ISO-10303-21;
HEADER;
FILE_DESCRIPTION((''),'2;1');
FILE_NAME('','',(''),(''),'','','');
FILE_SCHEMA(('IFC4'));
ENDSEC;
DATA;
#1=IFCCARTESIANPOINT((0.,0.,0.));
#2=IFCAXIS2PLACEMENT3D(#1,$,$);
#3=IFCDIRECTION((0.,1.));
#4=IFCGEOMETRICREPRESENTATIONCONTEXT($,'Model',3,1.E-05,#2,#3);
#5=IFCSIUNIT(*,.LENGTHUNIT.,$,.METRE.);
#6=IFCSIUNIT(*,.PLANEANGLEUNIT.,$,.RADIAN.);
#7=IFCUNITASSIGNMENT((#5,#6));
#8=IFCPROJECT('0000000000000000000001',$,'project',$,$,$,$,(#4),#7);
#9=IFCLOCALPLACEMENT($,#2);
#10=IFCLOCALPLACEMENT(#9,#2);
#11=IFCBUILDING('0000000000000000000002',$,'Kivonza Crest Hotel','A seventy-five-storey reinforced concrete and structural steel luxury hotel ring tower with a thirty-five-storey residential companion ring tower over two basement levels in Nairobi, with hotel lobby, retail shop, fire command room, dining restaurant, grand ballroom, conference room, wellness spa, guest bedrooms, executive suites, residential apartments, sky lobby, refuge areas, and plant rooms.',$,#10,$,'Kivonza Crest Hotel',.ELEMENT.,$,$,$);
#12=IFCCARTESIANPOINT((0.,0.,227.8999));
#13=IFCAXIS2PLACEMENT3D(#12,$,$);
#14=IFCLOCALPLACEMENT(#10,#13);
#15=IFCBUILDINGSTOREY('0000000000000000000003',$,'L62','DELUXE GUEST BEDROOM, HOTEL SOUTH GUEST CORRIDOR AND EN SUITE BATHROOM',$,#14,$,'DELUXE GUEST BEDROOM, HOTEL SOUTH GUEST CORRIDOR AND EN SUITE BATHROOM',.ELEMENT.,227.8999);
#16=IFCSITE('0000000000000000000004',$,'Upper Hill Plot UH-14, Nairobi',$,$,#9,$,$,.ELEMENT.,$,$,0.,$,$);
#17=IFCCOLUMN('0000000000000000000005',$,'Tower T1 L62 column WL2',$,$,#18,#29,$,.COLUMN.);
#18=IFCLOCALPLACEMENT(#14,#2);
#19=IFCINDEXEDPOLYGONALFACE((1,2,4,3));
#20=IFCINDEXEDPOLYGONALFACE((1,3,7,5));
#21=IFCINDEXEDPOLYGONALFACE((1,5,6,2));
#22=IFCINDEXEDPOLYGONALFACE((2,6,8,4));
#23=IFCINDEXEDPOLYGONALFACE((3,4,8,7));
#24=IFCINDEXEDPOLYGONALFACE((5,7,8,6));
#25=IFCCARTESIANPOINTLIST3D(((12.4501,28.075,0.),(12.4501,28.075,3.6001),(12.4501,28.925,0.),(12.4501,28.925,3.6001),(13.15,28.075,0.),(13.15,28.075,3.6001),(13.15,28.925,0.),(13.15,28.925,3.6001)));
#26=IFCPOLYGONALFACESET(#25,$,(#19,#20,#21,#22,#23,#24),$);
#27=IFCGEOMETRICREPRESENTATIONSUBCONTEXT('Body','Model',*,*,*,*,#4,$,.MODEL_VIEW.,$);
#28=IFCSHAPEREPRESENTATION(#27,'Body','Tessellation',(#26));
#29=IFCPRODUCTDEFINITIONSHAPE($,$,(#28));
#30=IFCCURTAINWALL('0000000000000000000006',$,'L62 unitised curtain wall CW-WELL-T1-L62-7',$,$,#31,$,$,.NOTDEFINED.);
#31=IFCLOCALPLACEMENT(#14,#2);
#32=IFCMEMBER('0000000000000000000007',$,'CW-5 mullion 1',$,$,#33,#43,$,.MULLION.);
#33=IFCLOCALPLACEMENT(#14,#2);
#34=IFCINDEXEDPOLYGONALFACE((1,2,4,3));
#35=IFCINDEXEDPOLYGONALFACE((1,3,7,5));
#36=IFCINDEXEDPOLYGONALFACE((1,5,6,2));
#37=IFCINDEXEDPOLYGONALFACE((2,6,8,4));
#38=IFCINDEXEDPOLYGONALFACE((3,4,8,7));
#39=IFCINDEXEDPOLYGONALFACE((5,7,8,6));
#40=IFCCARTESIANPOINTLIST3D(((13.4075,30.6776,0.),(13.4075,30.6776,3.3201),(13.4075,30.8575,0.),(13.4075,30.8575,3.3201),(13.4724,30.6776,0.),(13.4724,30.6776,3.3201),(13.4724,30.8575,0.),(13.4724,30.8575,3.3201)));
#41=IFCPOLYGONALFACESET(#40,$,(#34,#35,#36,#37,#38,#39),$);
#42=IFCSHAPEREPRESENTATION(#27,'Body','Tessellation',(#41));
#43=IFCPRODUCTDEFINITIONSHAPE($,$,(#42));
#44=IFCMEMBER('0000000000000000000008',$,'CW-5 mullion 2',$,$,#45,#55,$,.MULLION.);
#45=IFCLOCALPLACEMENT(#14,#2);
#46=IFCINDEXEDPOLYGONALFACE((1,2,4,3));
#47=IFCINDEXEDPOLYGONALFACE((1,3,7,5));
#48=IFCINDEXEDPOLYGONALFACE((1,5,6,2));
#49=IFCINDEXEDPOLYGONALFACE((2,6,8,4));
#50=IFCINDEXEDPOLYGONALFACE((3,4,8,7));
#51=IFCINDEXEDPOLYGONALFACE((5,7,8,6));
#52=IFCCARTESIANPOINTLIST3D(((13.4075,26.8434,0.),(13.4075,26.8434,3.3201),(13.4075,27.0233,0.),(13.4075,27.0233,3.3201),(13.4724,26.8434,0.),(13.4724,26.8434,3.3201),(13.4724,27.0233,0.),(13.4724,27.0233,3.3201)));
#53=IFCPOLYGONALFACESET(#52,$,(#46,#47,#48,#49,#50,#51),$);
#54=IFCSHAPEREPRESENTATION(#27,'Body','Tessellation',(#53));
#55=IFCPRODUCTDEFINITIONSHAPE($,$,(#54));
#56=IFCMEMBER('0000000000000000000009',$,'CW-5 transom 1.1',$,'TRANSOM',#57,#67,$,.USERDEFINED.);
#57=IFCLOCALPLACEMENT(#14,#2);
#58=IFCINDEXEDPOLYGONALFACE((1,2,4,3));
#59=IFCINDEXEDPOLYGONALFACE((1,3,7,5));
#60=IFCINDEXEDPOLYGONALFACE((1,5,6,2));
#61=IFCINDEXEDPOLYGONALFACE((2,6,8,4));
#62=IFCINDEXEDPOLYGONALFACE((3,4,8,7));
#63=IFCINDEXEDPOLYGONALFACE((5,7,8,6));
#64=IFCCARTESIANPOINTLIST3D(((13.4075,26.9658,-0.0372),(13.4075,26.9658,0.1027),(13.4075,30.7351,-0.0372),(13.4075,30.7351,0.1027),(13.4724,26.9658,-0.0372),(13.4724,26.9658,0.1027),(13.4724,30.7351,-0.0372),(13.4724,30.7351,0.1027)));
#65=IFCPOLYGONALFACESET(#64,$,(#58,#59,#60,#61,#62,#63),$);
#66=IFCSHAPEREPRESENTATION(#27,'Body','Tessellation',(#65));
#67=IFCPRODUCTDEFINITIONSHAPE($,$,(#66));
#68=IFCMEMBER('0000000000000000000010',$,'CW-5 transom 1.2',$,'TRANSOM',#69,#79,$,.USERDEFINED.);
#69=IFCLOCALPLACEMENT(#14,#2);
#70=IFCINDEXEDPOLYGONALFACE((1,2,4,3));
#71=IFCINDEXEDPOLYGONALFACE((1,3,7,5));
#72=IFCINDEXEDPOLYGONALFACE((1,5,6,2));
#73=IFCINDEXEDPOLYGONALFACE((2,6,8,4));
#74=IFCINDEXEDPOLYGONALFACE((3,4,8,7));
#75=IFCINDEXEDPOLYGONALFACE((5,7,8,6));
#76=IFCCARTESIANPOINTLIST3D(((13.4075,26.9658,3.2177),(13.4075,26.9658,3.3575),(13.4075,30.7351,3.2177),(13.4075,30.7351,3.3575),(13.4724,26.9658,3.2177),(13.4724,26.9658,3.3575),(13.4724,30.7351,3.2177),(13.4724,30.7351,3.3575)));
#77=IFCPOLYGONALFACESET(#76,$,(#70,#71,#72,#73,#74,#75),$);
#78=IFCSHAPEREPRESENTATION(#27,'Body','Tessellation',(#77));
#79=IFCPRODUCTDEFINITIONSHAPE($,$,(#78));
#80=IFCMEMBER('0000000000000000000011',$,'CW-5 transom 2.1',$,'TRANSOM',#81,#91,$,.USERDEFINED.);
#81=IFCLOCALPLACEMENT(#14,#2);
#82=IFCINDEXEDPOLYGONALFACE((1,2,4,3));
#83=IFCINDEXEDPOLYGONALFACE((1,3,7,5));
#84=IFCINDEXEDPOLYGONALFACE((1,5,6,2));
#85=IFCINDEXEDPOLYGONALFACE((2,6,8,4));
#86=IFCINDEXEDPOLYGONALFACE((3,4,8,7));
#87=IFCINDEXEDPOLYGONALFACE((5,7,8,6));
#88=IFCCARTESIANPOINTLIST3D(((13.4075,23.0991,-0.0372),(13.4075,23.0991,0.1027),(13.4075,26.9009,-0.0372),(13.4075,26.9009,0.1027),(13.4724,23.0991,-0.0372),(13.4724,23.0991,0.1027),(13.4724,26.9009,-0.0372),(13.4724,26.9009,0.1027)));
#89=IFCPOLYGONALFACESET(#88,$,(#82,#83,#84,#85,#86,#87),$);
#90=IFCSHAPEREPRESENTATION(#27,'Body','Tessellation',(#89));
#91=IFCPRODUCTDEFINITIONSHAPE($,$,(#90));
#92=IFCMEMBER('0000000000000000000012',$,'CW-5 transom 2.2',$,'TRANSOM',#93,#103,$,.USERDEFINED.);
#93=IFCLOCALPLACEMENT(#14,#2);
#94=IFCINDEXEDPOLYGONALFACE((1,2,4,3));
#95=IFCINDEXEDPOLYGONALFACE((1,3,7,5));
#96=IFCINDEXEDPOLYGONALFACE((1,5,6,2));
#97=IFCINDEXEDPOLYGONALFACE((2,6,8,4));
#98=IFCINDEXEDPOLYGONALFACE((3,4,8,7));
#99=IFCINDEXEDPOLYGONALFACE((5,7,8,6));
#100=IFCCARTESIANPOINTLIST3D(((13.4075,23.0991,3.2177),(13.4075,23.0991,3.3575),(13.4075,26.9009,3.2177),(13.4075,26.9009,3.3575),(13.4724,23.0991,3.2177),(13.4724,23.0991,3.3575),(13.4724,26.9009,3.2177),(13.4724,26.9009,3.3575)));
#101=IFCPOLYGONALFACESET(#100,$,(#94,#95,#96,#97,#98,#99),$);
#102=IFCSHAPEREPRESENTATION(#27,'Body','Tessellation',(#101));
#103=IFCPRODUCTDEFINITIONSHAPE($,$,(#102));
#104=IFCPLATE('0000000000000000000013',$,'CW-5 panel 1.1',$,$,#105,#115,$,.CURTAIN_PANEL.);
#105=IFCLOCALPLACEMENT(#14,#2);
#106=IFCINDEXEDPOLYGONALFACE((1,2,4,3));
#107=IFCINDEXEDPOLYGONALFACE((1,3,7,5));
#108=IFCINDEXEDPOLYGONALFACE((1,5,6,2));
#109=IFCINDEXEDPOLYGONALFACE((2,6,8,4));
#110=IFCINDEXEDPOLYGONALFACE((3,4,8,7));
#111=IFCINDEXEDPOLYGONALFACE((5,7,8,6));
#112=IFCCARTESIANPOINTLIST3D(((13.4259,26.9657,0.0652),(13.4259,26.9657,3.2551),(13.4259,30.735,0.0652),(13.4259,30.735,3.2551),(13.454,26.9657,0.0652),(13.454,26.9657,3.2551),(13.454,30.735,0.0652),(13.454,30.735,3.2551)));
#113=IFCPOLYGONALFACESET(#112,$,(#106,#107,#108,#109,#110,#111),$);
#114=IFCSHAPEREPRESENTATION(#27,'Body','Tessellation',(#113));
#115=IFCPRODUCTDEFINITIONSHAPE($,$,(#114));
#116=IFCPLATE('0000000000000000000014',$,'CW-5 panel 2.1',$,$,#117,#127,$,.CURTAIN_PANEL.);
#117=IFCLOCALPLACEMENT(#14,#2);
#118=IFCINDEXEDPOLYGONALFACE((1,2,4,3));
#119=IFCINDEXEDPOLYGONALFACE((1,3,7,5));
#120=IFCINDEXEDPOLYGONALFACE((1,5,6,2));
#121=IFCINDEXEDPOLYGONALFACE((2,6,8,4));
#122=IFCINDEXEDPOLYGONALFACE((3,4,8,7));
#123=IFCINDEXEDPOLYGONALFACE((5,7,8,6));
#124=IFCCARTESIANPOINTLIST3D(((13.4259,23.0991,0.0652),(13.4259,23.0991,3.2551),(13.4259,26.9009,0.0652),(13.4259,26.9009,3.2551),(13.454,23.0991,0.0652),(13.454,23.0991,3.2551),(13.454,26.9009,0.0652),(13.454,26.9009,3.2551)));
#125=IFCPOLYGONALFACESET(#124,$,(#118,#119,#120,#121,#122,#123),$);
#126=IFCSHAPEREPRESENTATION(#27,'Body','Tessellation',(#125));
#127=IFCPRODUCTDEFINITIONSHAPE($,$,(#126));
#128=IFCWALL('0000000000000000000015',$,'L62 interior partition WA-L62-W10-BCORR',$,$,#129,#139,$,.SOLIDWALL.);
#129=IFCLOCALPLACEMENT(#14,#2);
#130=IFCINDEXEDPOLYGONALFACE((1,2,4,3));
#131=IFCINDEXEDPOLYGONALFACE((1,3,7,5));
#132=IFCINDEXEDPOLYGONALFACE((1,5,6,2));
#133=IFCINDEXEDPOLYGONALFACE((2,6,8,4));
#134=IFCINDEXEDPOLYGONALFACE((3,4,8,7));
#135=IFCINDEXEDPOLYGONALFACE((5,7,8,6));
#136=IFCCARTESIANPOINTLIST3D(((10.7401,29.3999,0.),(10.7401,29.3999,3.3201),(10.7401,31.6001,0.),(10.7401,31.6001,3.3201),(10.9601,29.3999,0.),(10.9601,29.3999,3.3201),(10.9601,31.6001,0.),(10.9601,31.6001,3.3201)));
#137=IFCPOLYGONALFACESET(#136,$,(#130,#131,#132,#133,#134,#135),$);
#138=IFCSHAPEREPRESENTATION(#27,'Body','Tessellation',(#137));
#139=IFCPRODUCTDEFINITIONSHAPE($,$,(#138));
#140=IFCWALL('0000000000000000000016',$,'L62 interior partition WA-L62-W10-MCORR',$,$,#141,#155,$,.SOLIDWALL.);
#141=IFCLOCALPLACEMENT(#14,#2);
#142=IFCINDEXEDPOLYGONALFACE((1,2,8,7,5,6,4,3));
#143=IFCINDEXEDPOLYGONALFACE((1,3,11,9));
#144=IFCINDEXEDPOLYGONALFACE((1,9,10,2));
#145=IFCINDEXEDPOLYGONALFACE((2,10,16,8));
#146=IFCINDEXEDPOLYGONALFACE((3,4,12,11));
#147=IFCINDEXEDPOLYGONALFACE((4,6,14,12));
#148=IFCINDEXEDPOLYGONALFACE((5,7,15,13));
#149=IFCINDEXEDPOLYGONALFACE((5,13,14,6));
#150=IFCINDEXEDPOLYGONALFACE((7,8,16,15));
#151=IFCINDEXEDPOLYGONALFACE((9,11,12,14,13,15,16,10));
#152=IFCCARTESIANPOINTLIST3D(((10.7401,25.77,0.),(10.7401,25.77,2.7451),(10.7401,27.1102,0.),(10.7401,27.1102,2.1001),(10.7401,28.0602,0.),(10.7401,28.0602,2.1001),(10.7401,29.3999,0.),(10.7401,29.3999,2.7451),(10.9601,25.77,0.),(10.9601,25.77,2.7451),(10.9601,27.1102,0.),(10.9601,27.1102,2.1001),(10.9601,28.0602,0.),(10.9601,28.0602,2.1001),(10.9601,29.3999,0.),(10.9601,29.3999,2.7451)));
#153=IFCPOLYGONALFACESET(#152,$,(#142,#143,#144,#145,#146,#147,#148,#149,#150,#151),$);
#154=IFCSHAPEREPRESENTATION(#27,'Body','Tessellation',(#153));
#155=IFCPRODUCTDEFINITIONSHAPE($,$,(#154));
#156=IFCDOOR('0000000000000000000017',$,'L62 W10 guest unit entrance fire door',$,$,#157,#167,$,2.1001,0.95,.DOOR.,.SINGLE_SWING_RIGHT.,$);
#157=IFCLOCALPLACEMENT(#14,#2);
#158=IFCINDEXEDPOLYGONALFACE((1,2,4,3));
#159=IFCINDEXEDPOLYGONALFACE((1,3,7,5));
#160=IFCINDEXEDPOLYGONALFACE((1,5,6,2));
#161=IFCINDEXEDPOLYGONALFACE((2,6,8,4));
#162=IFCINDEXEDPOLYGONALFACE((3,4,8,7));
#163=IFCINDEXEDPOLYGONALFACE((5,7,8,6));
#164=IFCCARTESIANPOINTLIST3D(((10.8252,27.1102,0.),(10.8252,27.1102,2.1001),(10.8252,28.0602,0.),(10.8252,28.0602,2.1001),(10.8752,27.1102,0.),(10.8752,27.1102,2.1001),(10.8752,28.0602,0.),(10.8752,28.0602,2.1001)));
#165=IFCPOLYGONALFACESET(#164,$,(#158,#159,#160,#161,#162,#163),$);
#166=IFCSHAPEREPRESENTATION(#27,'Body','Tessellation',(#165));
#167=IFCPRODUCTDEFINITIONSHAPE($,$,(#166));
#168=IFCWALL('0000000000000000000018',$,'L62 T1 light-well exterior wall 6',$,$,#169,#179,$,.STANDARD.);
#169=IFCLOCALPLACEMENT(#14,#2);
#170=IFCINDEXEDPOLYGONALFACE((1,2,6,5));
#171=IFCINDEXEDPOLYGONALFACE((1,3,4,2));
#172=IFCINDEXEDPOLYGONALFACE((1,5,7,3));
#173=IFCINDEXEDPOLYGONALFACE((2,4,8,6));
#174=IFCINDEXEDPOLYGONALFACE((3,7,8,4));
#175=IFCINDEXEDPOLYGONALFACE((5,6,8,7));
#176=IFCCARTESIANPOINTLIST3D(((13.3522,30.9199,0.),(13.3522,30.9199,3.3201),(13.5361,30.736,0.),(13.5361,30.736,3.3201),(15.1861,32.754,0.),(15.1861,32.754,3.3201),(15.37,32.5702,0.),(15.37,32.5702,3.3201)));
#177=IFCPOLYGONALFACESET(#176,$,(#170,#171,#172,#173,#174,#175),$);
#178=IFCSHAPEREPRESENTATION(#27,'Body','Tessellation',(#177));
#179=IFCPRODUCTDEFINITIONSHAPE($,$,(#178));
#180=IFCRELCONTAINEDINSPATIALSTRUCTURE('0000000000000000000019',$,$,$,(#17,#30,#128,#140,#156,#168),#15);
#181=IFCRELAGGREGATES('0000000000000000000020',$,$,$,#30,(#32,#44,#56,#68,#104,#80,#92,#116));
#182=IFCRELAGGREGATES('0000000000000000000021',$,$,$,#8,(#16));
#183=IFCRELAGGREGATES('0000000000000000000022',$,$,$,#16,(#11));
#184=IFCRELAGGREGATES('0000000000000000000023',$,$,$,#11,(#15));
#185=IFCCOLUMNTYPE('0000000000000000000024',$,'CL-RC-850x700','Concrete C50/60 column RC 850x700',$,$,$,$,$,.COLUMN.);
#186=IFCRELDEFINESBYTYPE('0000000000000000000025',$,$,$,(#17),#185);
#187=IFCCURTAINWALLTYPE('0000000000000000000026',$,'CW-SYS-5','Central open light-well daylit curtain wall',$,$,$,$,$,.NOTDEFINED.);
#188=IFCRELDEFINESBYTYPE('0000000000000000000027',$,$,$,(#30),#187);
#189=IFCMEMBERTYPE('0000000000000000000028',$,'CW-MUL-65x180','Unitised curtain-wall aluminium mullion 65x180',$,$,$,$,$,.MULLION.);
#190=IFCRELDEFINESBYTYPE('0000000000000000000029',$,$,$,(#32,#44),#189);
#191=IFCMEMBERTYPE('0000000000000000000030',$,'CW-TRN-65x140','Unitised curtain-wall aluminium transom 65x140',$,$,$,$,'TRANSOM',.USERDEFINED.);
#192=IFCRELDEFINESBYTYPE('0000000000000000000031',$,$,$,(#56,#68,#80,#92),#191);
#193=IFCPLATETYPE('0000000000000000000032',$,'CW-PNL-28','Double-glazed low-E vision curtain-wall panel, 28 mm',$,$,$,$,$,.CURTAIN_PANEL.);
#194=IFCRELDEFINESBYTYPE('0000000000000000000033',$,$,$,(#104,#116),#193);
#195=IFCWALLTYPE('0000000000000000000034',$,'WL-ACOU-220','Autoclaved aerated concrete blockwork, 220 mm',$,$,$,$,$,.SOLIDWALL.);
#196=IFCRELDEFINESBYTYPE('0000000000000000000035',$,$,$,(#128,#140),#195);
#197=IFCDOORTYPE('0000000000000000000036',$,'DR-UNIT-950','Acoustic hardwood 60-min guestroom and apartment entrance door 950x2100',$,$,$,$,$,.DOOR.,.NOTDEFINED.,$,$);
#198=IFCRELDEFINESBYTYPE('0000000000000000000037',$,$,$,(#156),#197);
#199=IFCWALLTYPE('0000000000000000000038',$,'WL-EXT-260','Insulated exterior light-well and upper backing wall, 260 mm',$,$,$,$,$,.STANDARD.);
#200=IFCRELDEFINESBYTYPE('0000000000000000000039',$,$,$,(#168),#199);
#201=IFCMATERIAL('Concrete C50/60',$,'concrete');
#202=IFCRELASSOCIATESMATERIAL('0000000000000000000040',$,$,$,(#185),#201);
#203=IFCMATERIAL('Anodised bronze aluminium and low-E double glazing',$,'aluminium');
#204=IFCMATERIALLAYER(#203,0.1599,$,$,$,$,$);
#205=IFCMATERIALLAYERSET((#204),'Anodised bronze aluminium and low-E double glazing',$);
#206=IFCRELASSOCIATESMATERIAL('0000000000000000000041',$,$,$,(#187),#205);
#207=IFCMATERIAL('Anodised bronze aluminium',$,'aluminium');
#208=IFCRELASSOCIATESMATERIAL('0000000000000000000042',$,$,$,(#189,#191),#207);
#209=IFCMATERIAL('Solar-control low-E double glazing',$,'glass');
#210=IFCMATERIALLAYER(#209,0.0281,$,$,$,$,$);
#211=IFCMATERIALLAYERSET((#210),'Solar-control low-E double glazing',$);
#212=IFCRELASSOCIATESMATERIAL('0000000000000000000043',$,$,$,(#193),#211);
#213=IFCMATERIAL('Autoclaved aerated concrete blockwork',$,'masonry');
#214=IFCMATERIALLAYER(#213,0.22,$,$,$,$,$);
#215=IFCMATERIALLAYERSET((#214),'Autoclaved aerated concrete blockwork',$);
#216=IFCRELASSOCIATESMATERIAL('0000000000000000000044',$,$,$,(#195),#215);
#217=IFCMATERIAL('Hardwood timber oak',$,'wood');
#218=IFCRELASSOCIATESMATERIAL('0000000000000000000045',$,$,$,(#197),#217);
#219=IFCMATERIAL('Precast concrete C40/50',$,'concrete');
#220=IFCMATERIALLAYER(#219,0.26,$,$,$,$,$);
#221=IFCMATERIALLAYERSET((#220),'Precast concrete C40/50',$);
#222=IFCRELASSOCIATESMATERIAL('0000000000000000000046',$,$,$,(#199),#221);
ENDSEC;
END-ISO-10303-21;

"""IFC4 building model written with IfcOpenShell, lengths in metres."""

from ifc_helpers import new_model, si_unit, direction, frame, frame_2d, origin, origin_2d, place, context, subcontext, project, spatial, rectangle, extrude, material, layer, layer_set, material_profile, profile_set, type_object, element, fill, aggregate, save


model = new_model("IFC4")

# Units and contexts
model_context = context("Model", 3, precision=1e-05, world=origin(), true_north=direction((0.0, 1.0)))
body_context = subcontext(model_context, "Body", "Model", "MODEL_VIEW")
ifc_project = project(units=[si_unit("LENGTHUNIT", "METRE"), si_unit("PLANEANGLEUNIT", "RADIAN")], contexts=[model_context])

# Site, building, storey
site_placement = place(None, origin())
site = spatial("IfcSite", under=ifc_project, at=site_placement, Name="Upper Hill Plot UH-14, Nairobi", CompositionType="ELEMENT", RefElevation=0.0)
building_placement = place(site_placement, origin())
building = spatial("IfcBuilding", under=site, at=building_placement, Name="Kivonza Crest Hotel", Description="A seventy-five-storey reinforced concrete and structural steel luxury hotel ring tower with a thirty-five-storey residential companion ring tower over two basement levels in Nairobi, with hotel lobby, retail shop, fire command room, dining restaurant, grand ballroom, conference room, wellness spa, guest bedrooms, executive suites, residential apartments, sky lobby, refuge areas, and plant rooms.", LongName="Kivonza Crest Hotel", CompositionType="ELEMENT")
storey_placement = place(building_placement, frame((0.0, 0.0, 227.8999)))
storey = spatial("IfcBuildingStorey", under=building, at=storey_placement, Name="L62", Description="DELUXE GUEST BEDROOM, HOTEL SOUTH GUEST CORRIDOR AND EN SUITE BATHROOM", LongName="DELUXE GUEST BEDROOM, HOTEL SOUTH GUEST CORRIDOR AND EN SUITE BATHROOM", CompositionType="ELEMENT", Elevation=227.8999)

# Column
ifc_material_1 = material(Name="Concrete C50/60", Category="concrete")
ifc_material_profile_1 = material_profile(ifc_material_1, rectangle(XDim=0.7, YDim=0.8501, at=origin_2d()), Name="RC 850x700")
ifc_profile_set_1 = profile_set([ifc_material_profile_1], Name="Concrete C50/60")
column_type = type_object("IfcColumnType", Name="CL-RC-850x700", Description="Concrete C50/60 column RC 850x700", PredefinedType="COLUMN", material=ifc_profile_set_1)
column_placement = place(storey_placement, frame((12.8, 28.5, 0.0), z_axis=(0.0, 0.0, 1.0), x_axis=(1.0, 0.0, 0.0)))
element("IfcColumn", 1, at=column_placement, inside=storey, type_object=column_type, Name="Tower T1 L62 column WL2", PredefinedType="COLUMN", context=body_context, shape_type="SweptSolid", body=[
    extrude(rectangle(XDim=0.7, YDim=0.8501, at=origin_2d()), origin(), (0.0, 0.0, 1.0), 3.6001),
])

# Curtain wall, members, plates
ifc_material_2 = material(Name="Anodised bronze aluminium and low-E double glazing", Category="aluminium")
ifc_layer_1 = layer(ifc_material_2, 0.1599)
ifc_layer_set_1 = layer_set([ifc_layer_1], Name="Anodised bronze aluminium and low-E double glazing")
curtain_wall_type = type_object("IfcCurtainWallType", Name="CW-SYS-5", Description="Central open light-well daylit curtain wall", PredefinedType="NOTDEFINED", material=ifc_layer_set_1)
curtain_wall_placement = place(storey_placement, origin())
curtain_wall = element("IfcCurtainWall", 2, at=curtain_wall_placement, inside=storey, type_object=curtain_wall_type, Name="L62 unitised curtain wall CW-WELL-T1-L62-7", PredefinedType="NOTDEFINED")
ifc_material_3 = material(Name="Anodised bronze aluminium", Category="aluminium")
ifc_material_profile_2 = material_profile(ifc_material_3, rectangle(XDim=0.0649, YDim=0.1799, at=origin_2d()), Name="CW-M 65x180")
ifc_profile_set_2 = profile_set([ifc_material_profile_2], Name="Anodised bronze aluminium")
member_type_1 = type_object("IfcMemberType", Name="CW-MUL-65x180", Description="Unitised curtain-wall aluminium mullion 65x180", PredefinedType="MULLION", material=ifc_profile_set_2)
member_1_placement = place(storey_placement, frame((13.4399, 30.7676, 0.0), z_axis=(0.0, 0.0, 1.0), x_axis=(1.0, 0.0, 0.0)))
member_1 = element("IfcMember", 3, at=member_1_placement, type_object=member_type_1, Name="CW-5 mullion 1", PredefinedType="MULLION", context=body_context, shape_type="SweptSolid", body=[
    extrude(rectangle(XDim=0.0649, YDim=0.1799, at=origin_2d()), origin(), (0.0, 0.0, 1.0), 3.3201),
])
member_2_placement = place(storey_placement, frame((13.4399, 26.9333, 0.0), z_axis=(0.0, 0.0, 1.0), x_axis=(1.0, 0.0, 0.0)))
member_2 = element("IfcMember", 4, at=member_2_placement, type_object=member_type_1, Name="CW-5 mullion 2", PredefinedType="MULLION", context=body_context, shape_type="SweptSolid", body=[
    extrude(rectangle(XDim=0.0649, YDim=0.1799, at=origin_2d()), origin(), (0.0, 0.0, 1.0), 3.3201),
])
ifc_material_profile_3 = material_profile(ifc_material_3, rectangle(XDim=0.0649, YDim=0.1399, at=origin_2d()), Name="CW-T 65x140")
ifc_profile_set_3 = profile_set([ifc_material_profile_3], Name="Anodised bronze aluminium")
member_type_2 = type_object("IfcMemberType", Name="CW-TRN-65x140", Description="Unitised curtain-wall aluminium transom 65x140", ElementType="TRANSOM", PredefinedType="USERDEFINED", material=ifc_profile_set_3)
member_3_placement = place(storey_placement, frame((13.4399, 30.7351, 0.0327), z_axis=(0.0, -1.0, 0.0), x_axis=(1.0, 0.0, 0.0)))
member_3 = element("IfcMember", 5, at=member_3_placement, type_object=member_type_2, Name="CW-5 transom 1.1", ObjectType="TRANSOM", PredefinedType="USERDEFINED", context=body_context, shape_type="SweptSolid", body=[
    extrude(rectangle(XDim=0.0649, YDim=0.1399, at=origin_2d()), origin(), (0.0, 0.0, 1.0), 3.7693),
])
member_4_placement = place(storey_placement, frame((13.4399, 30.7351, 3.2876), z_axis=(0.0, -1.0, 0.0), x_axis=(1.0, 0.0, 0.0)))
member_4 = element("IfcMember", 6, at=member_4_placement, type_object=member_type_2, Name="CW-5 transom 1.2", ObjectType="TRANSOM", PredefinedType="USERDEFINED", context=body_context, shape_type="SweptSolid", body=[
    extrude(rectangle(XDim=0.0649, YDim=0.1399, at=origin_2d()), origin(), (0.0, 0.0, 1.0), 3.7693),
])
member_5_placement = place(storey_placement, frame((13.4399, 26.9009, 0.0327), z_axis=(0.0, -1.0, 0.0), x_axis=(1.0, 0.0, 0.0)))
member_5 = element("IfcMember", 7, at=member_5_placement, type_object=member_type_2, Name="CW-5 transom 2.1", ObjectType="TRANSOM", PredefinedType="USERDEFINED", context=body_context, shape_type="SweptSolid", body=[
    extrude(rectangle(XDim=0.0649, YDim=0.1399, at=origin_2d()), origin(), (0.0, 0.0, 1.0), 3.8018),
])
member_6_placement = place(storey_placement, frame((13.4399, 26.9009, 3.2876), z_axis=(0.0, -1.0, 0.0), x_axis=(1.0, 0.0, 0.0)))
member_6 = element("IfcMember", 8, at=member_6_placement, type_object=member_type_2, Name="CW-5 transom 2.2", ObjectType="TRANSOM", PredefinedType="USERDEFINED", context=body_context, shape_type="SweptSolid", body=[
    extrude(rectangle(XDim=0.0649, YDim=0.1399, at=origin_2d()), origin(), (0.0, 0.0, 1.0), 3.8018),
])
ifc_material_4 = material(Name="Solar-control low-E double glazing", Category="glass")
ifc_layer_2 = layer(ifc_material_4, 0.0281)
ifc_layer_set_2 = layer_set([ifc_layer_2], Name="Solar-control low-E double glazing")
plate_type = type_object("IfcPlateType", Name="CW-PNL-28", Description="Double-glazed low-E vision curtain-wall panel, 28 mm", PredefinedType="CURTAIN_PANEL", material=ifc_layer_set_2)
plate_1_placement = place(storey_placement, frame((13.4399, 28.8503, 0.0652), z_axis=(0.0, 0.0, 1.0), x_axis=(0.0, -1.0, 0.0)))
plate_1 = element("IfcPlate", 9, at=plate_1_placement, type_object=plate_type, Name="CW-5 panel 1.1", PredefinedType="CURTAIN_PANEL", context=body_context, shape_type="SweptSolid", body=[
    extrude(rectangle(XDim=3.7693, YDim=0.0281, at=origin_2d()), origin(), (0.0, 0.0, 1.0), 3.1899),
])
plate_2_placement = place(storey_placement, frame((13.4399, 25.0, 0.0652), z_axis=(0.0, 0.0, 1.0), x_axis=(0.0, -1.0, 0.0)))
plate_2 = element("IfcPlate", 10, at=plate_2_placement, type_object=plate_type, Name="CW-5 panel 2.1", PredefinedType="CURTAIN_PANEL", context=body_context, shape_type="SweptSolid", body=[
    extrude(rectangle(XDim=3.8018, YDim=0.0281, at=origin_2d()), origin(), (0.0, 0.0, 1.0), 3.1899),
])
aggregate(curtain_wall, [member_1, member_2, member_3, member_4, plate_1, member_5, member_6, plate_2])

# Wall
ifc_material_5 = material(Name="Autoclaved aerated concrete blockwork", Category="masonry")
ifc_layer_3 = layer(ifc_material_5, 0.22)
ifc_layer_set_3 = layer_set([ifc_layer_3], Name="Autoclaved aerated concrete blockwork")
wall_type_1 = type_object("IfcWallType", Name="WL-ACOU-220", Description="Autoclaved aerated concrete blockwork, 220 mm", PredefinedType="SOLIDWALL", material=ifc_layer_set_3)
wall_1_placement = place(storey_placement, frame((10.8501, 29.3999, 0.0), z_axis=(0.0, 0.0, 1.0), x_axis=(0.0, 1.0, 0.0)))
element("IfcWall", 11, at=wall_1_placement, inside=storey, type_object=wall_type_1, Name="L62 interior partition WA-L62-W10-BCORR", PredefinedType="SOLIDWALL", context=body_context, shape_type="SweptSolid", body=[
    extrude(rectangle(XDim=2.2002, YDim=0.22, at=frame_2d((1.1001, 0.0))), origin(), (0.0, 0.0, 1.0), 3.3201),
])

# Wall, opening, door
wall_2_placement = place(storey_placement, frame((10.8501, 25.77, 0.0), z_axis=(0.0, 0.0, 1.0), x_axis=(0.0, 1.0, 0.0)))
wall_2 = element("IfcWall", 12, at=wall_2_placement, inside=storey, type_object=wall_type_1, Name="L62 interior partition WA-L62-W10-MCORR", PredefinedType="SOLIDWALL", context=body_context, shape_type="SweptSolid", body=[
    extrude(rectangle(XDim=3.6299, YDim=0.22, at=frame_2d((1.8149, 0.0))), origin(), (0.0, 0.0, 1.0), 2.7451),
])
opening_1_placement = place(wall_2_placement, frame((1.3401, 0.0, 0.0)))
opening_1 = element("IfcOpeningElement", 13, at=opening_1_placement, cuts=wall_2, PredefinedType="OPENING", context=body_context, shape_type="SweptSolid", body=[
    extrude(rectangle(XDim=0.95, YDim=2.1001, at=frame_2d((0.4751, 1.05))), frame((0.0, 0.1201, 0.0), z_axis=(0.0, -1.0, 0.0), x_axis=(1.0, 0.0, 0.0)), (0.0, 0.0, 1.0), 0.24),
])
ifc_material_6 = material(Name="Hardwood timber oak", Category="wood")
door_type_1 = type_object("IfcDoorType", Name="DR-UNIT-950", Description="Acoustic hardwood 60-min guestroom and apartment entrance door 950x2100", OperationType="NOTDEFINED", PredefinedType="DOOR", material=ifc_material_6)
door_1_placement = place(opening_1_placement, origin())
door_1 = element("IfcDoor", 14, at=door_1_placement, inside=storey, type_object=door_type_1, Name="L62 W10 guest unit entrance fire door", OperationType="SINGLE_SWING_RIGHT", OverallHeight=2.1001, OverallWidth=0.95, PredefinedType="DOOR", context=body_context, shape_type="SweptSolid", body=[
    extrude(rectangle(XDim=0.95, YDim=2.1001, at=frame_2d((0.4751, 1.05))), frame((0.0, 0.0249, 0.0), z_axis=(0.0, -1.0, 0.0), x_axis=(1.0, 0.0, 0.0)), (0.0, 0.0, 1.0), 0.05),
])
fill(opening_1, door_1)

# Wall
ifc_material_7 = material(Name="Precast concrete C40/50", Category="concrete")
ifc_layer_4 = layer(ifc_material_7, 0.26)
ifc_layer_set_4 = layer_set([ifc_layer_4], Name="Precast concrete C40/50")
wall_type_2 = type_object("IfcWallType", Name="WL-EXT-260", Description="Insulated exterior light-well and upper backing wall, 260 mm", PredefinedType="STANDARD", material=ifc_layer_set_4)
wall_3_placement = place(storey_placement, frame((15.2781, 32.6621, 0.0), z_axis=(0.0, 0.0, 1.0), x_axis=(-0.70706, -0.707154, 0.0)))
element("IfcWall", 15, at=wall_3_placement, inside=storey, type_object=wall_type_2, Name="L62 T1 light-well exterior wall 6", PredefinedType="STANDARD", context=body_context, shape_type="SweptSolid", body=[
    extrude(rectangle(XDim=2.5938, YDim=0.26, at=frame_2d((1.2969, 0.0))), origin(), (0.0, 0.0, 1.0), 3.3201),
])

save(model, "model.ifc")
